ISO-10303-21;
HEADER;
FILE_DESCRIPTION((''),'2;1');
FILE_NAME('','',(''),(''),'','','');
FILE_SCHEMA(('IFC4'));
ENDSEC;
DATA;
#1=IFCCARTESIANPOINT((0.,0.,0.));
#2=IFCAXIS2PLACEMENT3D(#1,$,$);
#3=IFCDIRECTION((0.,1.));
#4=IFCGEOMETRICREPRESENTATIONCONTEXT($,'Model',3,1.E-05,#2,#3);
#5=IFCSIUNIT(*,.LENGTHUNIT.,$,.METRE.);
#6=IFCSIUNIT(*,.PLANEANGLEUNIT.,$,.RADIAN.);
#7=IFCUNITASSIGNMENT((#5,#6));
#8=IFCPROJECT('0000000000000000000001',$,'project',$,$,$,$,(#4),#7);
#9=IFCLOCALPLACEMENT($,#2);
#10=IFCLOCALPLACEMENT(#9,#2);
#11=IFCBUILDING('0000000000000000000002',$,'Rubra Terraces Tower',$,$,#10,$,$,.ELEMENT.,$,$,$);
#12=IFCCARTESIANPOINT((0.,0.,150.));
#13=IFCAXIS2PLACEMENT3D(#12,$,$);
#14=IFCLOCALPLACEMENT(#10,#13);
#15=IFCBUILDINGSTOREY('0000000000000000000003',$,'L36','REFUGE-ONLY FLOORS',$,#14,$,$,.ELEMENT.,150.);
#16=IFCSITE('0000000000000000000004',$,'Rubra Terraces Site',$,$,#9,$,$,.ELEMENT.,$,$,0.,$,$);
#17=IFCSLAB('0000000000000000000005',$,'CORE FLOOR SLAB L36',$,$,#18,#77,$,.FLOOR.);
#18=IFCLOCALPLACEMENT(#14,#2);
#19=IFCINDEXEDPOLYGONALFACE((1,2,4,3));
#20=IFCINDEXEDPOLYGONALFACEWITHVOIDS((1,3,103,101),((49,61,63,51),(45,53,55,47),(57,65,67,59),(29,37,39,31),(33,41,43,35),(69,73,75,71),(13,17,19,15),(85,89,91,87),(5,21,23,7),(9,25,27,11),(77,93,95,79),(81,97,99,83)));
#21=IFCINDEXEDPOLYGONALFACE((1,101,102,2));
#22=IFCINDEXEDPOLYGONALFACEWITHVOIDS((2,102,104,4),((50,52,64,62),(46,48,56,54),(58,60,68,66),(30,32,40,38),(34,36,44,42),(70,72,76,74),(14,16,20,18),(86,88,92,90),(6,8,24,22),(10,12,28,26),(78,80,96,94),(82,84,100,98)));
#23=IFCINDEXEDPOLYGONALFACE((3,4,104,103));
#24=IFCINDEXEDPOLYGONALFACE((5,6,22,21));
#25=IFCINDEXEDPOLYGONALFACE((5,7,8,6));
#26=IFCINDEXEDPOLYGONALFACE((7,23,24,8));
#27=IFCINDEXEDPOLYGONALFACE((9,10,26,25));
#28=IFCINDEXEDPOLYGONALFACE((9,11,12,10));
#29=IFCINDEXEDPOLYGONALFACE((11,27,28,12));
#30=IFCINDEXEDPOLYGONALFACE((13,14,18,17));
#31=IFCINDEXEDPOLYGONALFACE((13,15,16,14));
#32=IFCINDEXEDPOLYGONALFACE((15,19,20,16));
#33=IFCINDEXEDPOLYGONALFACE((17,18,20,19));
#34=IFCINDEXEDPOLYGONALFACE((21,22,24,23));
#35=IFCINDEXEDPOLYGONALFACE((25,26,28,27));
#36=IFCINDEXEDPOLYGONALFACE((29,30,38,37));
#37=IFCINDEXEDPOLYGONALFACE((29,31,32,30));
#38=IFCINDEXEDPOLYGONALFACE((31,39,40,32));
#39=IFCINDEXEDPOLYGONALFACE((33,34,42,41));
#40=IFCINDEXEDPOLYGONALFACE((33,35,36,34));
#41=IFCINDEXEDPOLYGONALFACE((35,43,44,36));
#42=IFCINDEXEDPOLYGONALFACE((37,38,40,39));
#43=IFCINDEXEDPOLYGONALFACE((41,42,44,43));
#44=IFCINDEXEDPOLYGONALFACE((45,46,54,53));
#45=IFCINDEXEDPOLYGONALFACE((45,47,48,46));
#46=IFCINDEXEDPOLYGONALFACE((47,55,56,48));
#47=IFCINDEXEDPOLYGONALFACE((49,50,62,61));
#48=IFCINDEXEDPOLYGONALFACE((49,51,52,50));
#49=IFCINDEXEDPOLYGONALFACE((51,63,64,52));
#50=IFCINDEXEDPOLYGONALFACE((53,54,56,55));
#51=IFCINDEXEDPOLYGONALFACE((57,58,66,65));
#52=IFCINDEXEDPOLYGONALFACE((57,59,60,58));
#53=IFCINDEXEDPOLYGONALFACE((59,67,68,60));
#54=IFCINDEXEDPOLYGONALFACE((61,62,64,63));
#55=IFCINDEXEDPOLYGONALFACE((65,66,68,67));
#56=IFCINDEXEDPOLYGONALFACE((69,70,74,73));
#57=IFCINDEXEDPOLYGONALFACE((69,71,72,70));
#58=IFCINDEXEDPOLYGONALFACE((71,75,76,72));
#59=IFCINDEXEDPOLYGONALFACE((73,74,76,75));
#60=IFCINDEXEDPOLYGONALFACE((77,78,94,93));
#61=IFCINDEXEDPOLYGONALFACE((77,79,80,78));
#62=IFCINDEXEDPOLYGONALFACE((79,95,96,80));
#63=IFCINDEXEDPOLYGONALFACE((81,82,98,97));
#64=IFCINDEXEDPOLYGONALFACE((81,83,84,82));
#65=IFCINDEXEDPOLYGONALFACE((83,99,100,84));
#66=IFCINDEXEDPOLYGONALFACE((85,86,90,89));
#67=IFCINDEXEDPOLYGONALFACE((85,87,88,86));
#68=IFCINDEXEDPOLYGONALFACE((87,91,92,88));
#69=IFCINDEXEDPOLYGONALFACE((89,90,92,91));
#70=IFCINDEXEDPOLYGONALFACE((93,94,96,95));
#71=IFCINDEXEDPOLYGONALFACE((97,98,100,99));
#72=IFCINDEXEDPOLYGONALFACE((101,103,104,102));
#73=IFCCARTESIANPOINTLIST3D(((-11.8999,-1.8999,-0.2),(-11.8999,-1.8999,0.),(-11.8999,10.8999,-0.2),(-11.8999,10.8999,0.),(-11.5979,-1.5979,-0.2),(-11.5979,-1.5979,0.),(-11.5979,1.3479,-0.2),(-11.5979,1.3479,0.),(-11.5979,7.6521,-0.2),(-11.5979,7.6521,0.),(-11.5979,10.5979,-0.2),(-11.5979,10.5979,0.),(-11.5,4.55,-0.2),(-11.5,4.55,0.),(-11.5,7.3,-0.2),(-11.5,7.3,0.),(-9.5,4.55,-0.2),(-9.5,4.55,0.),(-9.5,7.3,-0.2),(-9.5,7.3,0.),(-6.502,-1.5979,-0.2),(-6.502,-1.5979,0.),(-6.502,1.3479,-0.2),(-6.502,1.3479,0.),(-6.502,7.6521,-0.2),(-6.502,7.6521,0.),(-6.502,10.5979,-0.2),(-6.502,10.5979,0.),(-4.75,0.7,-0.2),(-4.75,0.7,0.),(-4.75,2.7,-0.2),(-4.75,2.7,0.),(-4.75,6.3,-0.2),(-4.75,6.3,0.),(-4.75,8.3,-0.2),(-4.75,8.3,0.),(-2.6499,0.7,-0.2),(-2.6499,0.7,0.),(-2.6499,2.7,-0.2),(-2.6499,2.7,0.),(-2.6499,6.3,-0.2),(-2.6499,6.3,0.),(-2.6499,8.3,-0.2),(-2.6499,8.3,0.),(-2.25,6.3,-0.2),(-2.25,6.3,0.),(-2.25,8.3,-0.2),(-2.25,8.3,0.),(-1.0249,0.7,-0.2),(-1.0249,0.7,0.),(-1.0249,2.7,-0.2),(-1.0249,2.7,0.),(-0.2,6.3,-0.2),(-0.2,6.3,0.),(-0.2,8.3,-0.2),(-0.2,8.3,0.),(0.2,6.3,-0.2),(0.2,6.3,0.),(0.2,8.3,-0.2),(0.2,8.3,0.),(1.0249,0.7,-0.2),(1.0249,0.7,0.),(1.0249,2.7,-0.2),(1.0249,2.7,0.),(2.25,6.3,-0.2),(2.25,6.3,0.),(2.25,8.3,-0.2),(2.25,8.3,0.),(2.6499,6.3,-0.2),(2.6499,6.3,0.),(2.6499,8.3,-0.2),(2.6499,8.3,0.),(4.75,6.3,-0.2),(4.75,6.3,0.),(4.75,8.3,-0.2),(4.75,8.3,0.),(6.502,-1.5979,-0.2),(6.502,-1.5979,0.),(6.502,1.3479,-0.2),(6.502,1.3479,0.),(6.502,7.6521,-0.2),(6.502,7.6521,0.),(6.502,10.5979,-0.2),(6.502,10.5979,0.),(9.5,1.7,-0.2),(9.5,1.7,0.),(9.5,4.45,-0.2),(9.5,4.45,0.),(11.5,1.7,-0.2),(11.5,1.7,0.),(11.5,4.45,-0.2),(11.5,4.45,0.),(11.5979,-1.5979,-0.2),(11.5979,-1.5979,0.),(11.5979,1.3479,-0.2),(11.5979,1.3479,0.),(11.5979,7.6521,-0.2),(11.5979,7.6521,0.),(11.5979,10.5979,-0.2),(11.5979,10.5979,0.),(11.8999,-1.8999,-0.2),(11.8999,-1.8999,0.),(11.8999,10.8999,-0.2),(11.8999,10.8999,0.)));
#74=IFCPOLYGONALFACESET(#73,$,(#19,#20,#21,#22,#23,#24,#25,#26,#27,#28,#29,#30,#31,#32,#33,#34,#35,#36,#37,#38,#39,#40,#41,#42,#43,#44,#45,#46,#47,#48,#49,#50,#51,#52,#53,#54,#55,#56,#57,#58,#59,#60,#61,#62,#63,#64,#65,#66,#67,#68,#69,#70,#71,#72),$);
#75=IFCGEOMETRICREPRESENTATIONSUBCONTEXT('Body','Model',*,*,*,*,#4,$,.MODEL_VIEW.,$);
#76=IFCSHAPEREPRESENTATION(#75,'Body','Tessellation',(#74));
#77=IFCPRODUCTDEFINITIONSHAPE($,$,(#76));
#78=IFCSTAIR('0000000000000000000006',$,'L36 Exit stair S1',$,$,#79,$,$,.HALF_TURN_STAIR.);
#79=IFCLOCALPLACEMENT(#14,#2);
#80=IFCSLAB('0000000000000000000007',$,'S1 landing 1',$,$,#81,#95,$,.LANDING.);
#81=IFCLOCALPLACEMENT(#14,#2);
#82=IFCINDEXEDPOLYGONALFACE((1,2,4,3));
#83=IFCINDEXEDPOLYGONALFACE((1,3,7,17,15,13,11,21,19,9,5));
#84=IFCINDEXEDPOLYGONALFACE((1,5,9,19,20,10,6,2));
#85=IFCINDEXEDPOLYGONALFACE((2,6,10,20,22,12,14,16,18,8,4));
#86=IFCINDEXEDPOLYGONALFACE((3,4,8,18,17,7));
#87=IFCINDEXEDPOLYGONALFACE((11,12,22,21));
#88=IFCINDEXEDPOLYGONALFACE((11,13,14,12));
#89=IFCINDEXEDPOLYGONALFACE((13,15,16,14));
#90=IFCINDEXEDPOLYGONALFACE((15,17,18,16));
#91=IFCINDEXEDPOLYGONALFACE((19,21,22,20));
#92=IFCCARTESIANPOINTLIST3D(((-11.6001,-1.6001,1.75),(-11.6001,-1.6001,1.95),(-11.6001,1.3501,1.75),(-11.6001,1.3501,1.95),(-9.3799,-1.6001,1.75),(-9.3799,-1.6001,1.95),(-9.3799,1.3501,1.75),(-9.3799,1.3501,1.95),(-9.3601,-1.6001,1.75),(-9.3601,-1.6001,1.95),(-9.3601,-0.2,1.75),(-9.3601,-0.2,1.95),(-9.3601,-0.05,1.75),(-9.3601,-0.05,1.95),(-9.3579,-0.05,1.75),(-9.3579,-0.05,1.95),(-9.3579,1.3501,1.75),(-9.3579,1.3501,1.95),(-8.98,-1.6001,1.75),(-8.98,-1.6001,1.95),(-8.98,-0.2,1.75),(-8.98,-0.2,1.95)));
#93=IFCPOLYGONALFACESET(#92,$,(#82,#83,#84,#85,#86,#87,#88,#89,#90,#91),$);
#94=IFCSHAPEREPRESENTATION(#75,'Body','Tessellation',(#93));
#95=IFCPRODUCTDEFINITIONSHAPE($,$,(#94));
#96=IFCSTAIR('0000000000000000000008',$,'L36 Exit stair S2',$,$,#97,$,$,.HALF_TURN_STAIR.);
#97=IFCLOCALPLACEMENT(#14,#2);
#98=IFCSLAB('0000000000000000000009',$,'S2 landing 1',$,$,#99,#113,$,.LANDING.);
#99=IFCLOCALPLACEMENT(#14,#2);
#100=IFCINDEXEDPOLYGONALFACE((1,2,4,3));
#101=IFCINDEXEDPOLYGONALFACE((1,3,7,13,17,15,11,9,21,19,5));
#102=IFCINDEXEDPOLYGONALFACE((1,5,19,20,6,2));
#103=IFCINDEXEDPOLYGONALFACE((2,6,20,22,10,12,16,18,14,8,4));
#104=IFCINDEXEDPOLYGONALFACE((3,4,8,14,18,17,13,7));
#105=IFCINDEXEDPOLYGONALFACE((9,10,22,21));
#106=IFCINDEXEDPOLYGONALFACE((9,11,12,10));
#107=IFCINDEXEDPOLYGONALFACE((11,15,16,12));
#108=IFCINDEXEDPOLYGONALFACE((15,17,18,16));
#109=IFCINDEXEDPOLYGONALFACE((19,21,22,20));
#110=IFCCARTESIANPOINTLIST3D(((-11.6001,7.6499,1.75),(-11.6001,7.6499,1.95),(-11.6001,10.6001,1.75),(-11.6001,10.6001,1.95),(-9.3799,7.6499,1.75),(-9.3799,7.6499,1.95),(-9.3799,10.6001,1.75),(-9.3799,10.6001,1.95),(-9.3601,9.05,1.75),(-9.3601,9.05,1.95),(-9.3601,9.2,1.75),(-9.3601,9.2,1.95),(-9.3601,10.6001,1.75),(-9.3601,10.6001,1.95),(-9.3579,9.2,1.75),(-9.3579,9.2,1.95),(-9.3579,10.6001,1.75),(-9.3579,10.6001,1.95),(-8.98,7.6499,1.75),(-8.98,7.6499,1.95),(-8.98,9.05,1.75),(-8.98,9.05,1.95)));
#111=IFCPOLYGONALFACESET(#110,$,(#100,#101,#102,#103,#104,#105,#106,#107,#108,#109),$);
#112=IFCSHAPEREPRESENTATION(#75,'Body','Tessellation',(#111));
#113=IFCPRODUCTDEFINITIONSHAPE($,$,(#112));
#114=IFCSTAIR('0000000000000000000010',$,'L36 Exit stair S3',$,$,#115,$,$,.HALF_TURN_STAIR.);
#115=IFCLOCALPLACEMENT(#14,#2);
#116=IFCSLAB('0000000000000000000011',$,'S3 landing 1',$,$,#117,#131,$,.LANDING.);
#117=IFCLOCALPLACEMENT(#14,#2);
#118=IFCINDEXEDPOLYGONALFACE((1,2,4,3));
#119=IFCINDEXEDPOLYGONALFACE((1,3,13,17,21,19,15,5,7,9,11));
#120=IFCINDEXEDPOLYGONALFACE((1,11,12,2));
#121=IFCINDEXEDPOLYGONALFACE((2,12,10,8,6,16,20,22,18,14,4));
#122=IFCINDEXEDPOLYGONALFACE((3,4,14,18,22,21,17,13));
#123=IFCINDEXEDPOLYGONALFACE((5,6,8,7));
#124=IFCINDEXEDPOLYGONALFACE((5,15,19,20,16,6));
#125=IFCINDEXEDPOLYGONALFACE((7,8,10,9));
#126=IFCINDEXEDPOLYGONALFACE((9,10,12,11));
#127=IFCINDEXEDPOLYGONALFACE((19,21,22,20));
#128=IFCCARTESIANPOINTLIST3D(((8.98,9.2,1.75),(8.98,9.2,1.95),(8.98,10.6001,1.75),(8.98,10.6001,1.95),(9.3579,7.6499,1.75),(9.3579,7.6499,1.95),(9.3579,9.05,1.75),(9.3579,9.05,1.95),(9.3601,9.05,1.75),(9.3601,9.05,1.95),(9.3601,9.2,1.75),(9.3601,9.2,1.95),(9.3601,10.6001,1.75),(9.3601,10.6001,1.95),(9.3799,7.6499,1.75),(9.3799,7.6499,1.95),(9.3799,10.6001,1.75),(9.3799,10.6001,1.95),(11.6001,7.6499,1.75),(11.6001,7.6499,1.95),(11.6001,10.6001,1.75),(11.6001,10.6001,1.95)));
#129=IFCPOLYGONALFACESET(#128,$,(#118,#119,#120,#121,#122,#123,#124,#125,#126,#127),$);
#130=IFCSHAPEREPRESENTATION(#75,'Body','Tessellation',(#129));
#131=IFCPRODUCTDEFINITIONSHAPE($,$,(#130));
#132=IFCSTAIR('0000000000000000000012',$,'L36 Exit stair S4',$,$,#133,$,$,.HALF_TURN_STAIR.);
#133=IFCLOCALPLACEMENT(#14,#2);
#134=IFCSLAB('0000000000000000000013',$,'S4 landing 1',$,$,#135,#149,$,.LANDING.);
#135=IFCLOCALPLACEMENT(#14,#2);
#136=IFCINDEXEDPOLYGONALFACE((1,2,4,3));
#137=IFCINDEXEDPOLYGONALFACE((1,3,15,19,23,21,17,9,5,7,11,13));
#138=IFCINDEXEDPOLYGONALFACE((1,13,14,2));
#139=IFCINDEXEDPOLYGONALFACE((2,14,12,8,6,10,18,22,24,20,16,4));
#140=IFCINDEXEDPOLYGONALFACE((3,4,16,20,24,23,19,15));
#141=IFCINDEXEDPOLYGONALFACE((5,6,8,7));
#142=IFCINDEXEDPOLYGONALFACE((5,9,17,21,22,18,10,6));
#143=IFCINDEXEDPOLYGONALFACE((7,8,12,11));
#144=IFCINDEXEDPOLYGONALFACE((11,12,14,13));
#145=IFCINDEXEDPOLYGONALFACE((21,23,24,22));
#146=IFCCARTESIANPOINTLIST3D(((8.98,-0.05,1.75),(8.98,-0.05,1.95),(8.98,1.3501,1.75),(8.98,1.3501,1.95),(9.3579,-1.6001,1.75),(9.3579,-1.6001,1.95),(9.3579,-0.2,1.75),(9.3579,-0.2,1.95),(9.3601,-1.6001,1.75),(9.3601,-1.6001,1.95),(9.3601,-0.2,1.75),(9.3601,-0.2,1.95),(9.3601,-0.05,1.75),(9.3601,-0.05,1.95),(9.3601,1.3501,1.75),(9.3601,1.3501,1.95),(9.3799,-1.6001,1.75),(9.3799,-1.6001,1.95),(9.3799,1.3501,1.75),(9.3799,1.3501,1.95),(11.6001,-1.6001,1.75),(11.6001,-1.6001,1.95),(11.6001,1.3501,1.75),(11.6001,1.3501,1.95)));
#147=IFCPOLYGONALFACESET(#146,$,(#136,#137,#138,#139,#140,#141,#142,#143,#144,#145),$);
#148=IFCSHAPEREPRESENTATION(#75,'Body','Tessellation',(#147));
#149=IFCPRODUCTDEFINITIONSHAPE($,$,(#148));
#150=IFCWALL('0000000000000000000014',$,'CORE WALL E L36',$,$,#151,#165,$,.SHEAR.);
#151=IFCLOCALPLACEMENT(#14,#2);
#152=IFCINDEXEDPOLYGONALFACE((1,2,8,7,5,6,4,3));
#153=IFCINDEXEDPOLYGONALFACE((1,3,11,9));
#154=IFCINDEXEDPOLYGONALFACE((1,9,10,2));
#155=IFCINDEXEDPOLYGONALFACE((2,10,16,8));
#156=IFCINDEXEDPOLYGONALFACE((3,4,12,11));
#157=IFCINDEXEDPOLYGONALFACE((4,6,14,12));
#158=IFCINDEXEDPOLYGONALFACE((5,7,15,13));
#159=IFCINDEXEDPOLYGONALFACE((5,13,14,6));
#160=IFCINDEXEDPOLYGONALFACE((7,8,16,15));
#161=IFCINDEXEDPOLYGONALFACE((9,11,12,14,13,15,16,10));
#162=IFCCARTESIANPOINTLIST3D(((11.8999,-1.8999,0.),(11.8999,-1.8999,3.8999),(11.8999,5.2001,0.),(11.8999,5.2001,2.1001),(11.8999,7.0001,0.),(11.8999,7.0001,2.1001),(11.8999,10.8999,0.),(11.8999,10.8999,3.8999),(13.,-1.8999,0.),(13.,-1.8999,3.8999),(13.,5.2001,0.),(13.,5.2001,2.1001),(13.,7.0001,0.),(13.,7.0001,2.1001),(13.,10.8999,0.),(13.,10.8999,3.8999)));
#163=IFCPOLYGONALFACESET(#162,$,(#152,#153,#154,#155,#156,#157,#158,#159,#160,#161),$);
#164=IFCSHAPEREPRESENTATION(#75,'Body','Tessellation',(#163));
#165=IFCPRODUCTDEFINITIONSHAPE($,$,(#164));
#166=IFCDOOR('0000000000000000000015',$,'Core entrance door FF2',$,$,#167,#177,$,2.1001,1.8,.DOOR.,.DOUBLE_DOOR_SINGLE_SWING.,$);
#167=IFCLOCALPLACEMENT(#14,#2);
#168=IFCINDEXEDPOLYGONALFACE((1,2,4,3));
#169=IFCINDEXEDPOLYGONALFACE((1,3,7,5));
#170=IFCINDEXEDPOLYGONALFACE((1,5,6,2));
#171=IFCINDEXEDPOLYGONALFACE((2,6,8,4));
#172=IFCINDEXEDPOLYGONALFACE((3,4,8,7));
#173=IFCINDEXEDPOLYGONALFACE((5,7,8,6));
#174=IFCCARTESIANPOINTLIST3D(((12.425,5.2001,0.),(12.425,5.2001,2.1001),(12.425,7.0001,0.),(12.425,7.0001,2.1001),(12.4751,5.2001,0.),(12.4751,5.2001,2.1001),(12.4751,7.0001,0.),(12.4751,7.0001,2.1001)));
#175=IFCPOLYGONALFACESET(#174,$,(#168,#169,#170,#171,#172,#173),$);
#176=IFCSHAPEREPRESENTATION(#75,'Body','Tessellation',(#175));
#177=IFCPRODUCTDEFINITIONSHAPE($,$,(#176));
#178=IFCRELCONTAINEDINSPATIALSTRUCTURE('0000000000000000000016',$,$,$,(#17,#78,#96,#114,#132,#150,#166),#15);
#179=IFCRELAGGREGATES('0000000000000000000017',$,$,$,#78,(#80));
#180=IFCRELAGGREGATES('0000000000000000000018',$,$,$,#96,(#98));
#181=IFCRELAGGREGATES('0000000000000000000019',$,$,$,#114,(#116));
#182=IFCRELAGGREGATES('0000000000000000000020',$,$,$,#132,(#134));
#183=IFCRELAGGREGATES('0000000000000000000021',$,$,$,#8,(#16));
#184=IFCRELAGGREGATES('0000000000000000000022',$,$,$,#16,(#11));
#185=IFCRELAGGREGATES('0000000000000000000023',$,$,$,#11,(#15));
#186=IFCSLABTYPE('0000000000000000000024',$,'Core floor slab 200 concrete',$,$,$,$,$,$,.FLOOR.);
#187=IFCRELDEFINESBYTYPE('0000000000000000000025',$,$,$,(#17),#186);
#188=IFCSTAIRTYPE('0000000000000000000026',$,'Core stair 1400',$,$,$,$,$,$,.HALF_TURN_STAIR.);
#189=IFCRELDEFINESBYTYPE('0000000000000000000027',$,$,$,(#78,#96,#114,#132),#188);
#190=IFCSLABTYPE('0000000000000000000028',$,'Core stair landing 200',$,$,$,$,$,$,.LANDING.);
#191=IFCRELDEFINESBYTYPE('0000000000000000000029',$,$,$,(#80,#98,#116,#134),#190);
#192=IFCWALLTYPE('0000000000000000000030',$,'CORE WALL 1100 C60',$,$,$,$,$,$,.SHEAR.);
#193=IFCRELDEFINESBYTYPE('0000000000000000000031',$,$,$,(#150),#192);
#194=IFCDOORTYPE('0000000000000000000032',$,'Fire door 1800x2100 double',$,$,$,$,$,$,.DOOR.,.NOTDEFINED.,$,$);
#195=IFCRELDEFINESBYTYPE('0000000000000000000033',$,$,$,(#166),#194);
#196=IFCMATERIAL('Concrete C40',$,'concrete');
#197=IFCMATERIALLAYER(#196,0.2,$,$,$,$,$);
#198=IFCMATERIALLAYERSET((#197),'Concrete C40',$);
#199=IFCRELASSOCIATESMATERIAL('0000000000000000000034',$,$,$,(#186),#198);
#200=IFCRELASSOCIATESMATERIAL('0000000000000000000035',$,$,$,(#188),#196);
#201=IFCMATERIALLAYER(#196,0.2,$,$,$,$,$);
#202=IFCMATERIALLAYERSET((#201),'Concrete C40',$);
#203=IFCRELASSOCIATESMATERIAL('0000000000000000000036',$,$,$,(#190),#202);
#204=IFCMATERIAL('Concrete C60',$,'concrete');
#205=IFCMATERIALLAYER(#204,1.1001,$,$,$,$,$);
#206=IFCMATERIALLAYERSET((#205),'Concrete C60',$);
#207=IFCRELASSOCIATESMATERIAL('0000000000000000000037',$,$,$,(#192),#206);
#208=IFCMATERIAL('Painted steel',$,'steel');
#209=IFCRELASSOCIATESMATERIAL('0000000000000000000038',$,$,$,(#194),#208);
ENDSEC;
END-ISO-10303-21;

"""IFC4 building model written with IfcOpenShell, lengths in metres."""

from ifc_helpers import new_model, si_unit, direction, frame, frame_2d, origin, place, context, subcontext, project, spatial, polyline, rectangle, outline, extrude, material, layer, layer_set, type_object, element, fill, aggregate, save


model = new_model("IFC4")

# Units and contexts
model_context = context("Model", 3, precision=1e-05, world=origin(), true_north=direction((0.0, 1.0)))
body_context = subcontext(model_context, "Body", "Model", "MODEL_VIEW")
ifc_project = project(units=[si_unit("LENGTHUNIT", "METRE"), si_unit("PLANEANGLEUNIT", "RADIAN")], contexts=[model_context])

# Site, building, storey
site_placement = place(None, origin())
site = spatial("IfcSite", under=ifc_project, at=site_placement, Name="Rubra Terraces Site", CompositionType="ELEMENT", RefElevation=0.0)
building_placement = place(site_placement, origin())
building = spatial("IfcBuilding", under=site, at=building_placement, Name="Rubra Terraces Tower", CompositionType="ELEMENT")
storey_placement = place(building_placement, frame((0.0, 0.0, 150.0)))
storey = spatial("IfcBuildingStorey", under=building, at=storey_placement, Name="L36", Description="REFUGE-ONLY FLOORS", CompositionType="ELEMENT", Elevation=150.0)

# Slab
ifc_material_1 = material(Name="Concrete C40", Category="concrete")
ifc_layer_1 = layer(ifc_material_1, 0.2)
ifc_layer_set_1 = layer_set([ifc_layer_1], Name="Concrete C40")
slab_type_1 = type_object("IfcSlabType", Name="Core floor slab 200 concrete", PredefinedType="FLOOR", material=ifc_layer_set_1)
slab_1_placement = place(storey_placement, frame((0.0, 0.0, -0.2)))
element("IfcSlab", 1, at=slab_1_placement, inside=storey, type_object=slab_type_1, Name="CORE FLOOR SLAB L36", PredefinedType="FLOOR", context=body_context, shape_type="SweptSolid", body=[
    extrude(outline(polyline([(-11.8999, -1.8999), (-11.8999, 10.8999), (11.8999, 10.8999), (11.8999, -1.8999), (-11.8999, -1.8999)]), holes=[polyline([(11.5979, 1.3479), (6.502, 1.3479), (6.502, -1.5979), (11.5979, -1.5979), (11.5979, 1.3479)]), polyline([(11.5979, 7.6521), (11.5979, 10.5979), (6.502, 10.5979), (6.502, 7.6521), (11.5979, 7.6521)]), polyline([(9.5, 1.7), (11.5, 1.7), (11.5, 4.45), (9.5, 4.45), (9.5, 1.7)]), polyline([(4.75, 6.3), (4.75, 8.3), (2.6499, 8.3), (2.6499, 6.3), (4.75, 6.3)]), polyline([(2.25, 8.3), (0.2, 8.3), (0.2, 6.3), (2.25, 6.3), (2.25, 8.3)]), polyline([(1.0249, 0.7), (1.0249, 2.7), (-1.0249, 2.7), (-1.0249, 0.7), (1.0249, 0.7)]), polyline([(-0.2, 6.3), (-0.2, 8.3), (-2.25, 8.3), (-2.25, 6.3), (-0.2, 6.3)]), polyline([(-4.75, 8.3), (-4.75, 6.3), (-2.6499, 6.3), (-2.6499, 8.3), (-4.75, 8.3)]), polyline([(-2.6499, 0.7), (-2.6499, 2.7), (-4.75, 2.7), (-4.75, 0.7), (-2.6499, 0.7)]), polyline([(-11.5979, -1.5979), (-6.502, -1.5979), (-6.502, 1.3479), (-11.5979, 1.3479), (-11.5979, -1.5979)]), polyline([(-11.5979, 10.5979), (-11.5979, 7.6521), (-6.502, 7.6521), (-6.502, 10.5979), (-11.5979, 10.5979)]), polyline([(-9.5, 4.55), (-9.5, 7.3), (-11.5, 7.3), (-11.5, 4.55), (-9.5, 4.55)])]), origin(), (0.0, 0.0, 1.0), 0.2),
])

# Stairs, slabs
stair_type = type_object("IfcStairType", Name="Core stair 1400", PredefinedType="HALF_TURN_STAIR", material=ifc_material_1)
stair_1_placement = place(storey_placement, origin())
stair_1 = element("IfcStair", 2, at=stair_1_placement, inside=storey, type_object=stair_type, Name="L36 Exit stair S1", PredefinedType="HALF_TURN_STAIR")
ifc_layer_2 = layer(ifc_material_1, 0.2)
ifc_layer_set_2 = layer_set([ifc_layer_2], Name="Concrete C40")
slab_type_2 = type_object("IfcSlabType", Name="Core stair landing 200", PredefinedType="LANDING", material=ifc_layer_set_2)
slab_2_placement = place(storey_placement, frame((0.0, 0.0, 1.75)))
slab_2 = element("IfcSlab", 3, at=slab_2_placement, type_object=slab_type_2, Name="S1 landing 1", PredefinedType="LANDING", context=body_context, shape_type="SweptSolid", body=[
    extrude(outline(polyline([(-8.98, -0.2), (-8.98, -1.6001), (-9.3601, -1.6001), (-9.3799, -1.6001), (-11.6001, -1.6001), (-11.6001, 1.3501), (-9.3799, 1.3501), (-9.3579, 1.3501), (-9.3579, -0.05), (-9.3601, -0.05), (-9.3601, -0.2), (-8.98, -0.2)])), origin(), (0.0, 0.0, 1.0), 0.2),
])
aggregate(stair_1, [slab_2])
stair_2_placement = place(storey_placement, origin())
stair_2 = element("IfcStair", 4, at=stair_2_placement, inside=storey, type_object=stair_type, Name="L36 Exit stair S2", PredefinedType="HALF_TURN_STAIR")
slab_3_placement = place(storey_placement, frame((0.0, 0.0, 1.75)))
slab_3 = element("IfcSlab", 5, at=slab_3_placement, type_object=slab_type_2, Name="S2 landing 1", PredefinedType="LANDING", context=body_context, shape_type="SweptSolid", body=[
    extrude(outline(polyline([(-8.98, 9.05), (-8.98, 7.6499), (-9.3799, 7.6499), (-11.6001, 7.6499), (-11.6001, 10.6001), (-9.3799, 10.6001), (-9.3601, 10.6001), (-9.3579, 10.6001), (-9.3579, 9.2), (-9.3601, 9.2), (-9.3601, 9.05), (-8.98, 9.05)])), origin(), (0.0, 0.0, 1.0), 0.2),
])
aggregate(stair_2, [slab_3])
stair_3_placement = place(storey_placement, origin())
stair_3 = element("IfcStair", 6, at=stair_3_placement, inside=storey, type_object=stair_type, Name="L36 Exit stair S3", PredefinedType="HALF_TURN_STAIR")
slab_4_placement = place(storey_placement, frame((0.0, 0.0, 1.75)))
slab_4 = element("IfcSlab", 7, at=slab_4_placement, type_object=slab_type_2, Name="S3 landing 1", PredefinedType="LANDING", context=body_context, shape_type="SweptSolid", body=[
    extrude(outline(polyline([(9.3601, 9.05), (9.3601, 9.2), (8.98, 9.2), (8.98, 10.6001), (9.3601, 10.6001), (9.3799, 10.6001), (11.6001, 10.6001), (11.6001, 7.6499), (9.3799, 7.6499), (9.3579, 7.6499), (9.3579, 9.05), (9.3601, 9.05)])), origin(), (0.0, 0.0, 1.0), 0.2),
])
aggregate(stair_3, [slab_4])
stair_4_placement = place(storey_placement, origin())
stair_4 = element("IfcStair", 8, at=stair_4_placement, inside=storey, type_object=stair_type, Name="L36 Exit stair S4", PredefinedType="HALF_TURN_STAIR")
slab_5_placement = place(storey_placement, frame((0.0, 0.0, 1.75)))
slab_5 = element("IfcSlab", 9, at=slab_5_placement, type_object=slab_type_2, Name="S4 landing 1", PredefinedType="LANDING", context=body_context, shape_type="SweptSolid", body=[
    extrude(outline(polyline([(9.3601, -0.2), (9.3601, -0.05), (8.98, -0.05), (8.98, 1.3501), (9.3601, 1.3501), (9.3799, 1.3501), (11.6001, 1.3501), (11.6001, -1.6001), (9.3799, -1.6001), (9.3601, -1.6001), (9.3579, -1.6001), (9.3579, -0.2), (9.3601, -0.2)])), origin(), (0.0, 0.0, 1.0), 0.2),
])

# Wall, opening, door
ifc_material_2 = material(Name="Concrete C60", Category="concrete")
ifc_layer_3 = layer(ifc_material_2, 1.1001)
ifc_layer_set_3 = layer_set([ifc_layer_3], Name="Concrete C60")
wall_type_1 = type_object("IfcWallType", Name="CORE WALL 1100 C60", PredefinedType="SHEAR", material=ifc_layer_set_3)
wall_1_placement = place(storey_placement, frame((12.45, -1.8999, 0.0), z_axis=(0.0, 0.0, 1.0), x_axis=(0.0, 1.0, 0.0)))
wall_1 = element("IfcWall", 10, at=wall_1_placement, inside=storey, type_object=wall_type_1, Name="CORE WALL E L36", PredefinedType="SHEAR", context=body_context, shape_type="SweptSolid", body=[
    extrude(rectangle(XDim=12.7998, YDim=1.1001, at=frame_2d((6.3999, 0.0))), origin(), (0.0, 0.0, 1.0), 3.8999),
])
opening_placement = place(wall_1_placement, frame((7.1001, 0.0, 0.0)))
opening = element("IfcOpeningElement", 11, at=opening_placement, cuts=wall_1, PredefinedType="OPENING", context=body_context, shape_type="SweptSolid", body=[
    extrude(rectangle(XDim=1.8, YDim=2.1001, at=frame_2d((0.8999, 1.05))), frame((0.0, 0.5601, 0.0), z_axis=(0.0, -1.0, 0.0), x_axis=(1.0, 0.0, 0.0)), (0.0, 0.0, 1.0), 1.1201),
])
ifc_material_3 = material(Name="Painted steel", Category="steel")
door_type = type_object("IfcDoorType", Name="Fire door 1800x2100 double", OperationType="NOTDEFINED", PredefinedType="DOOR", material=ifc_material_3)
door_placement = place(opening_placement, origin())
door = element("IfcDoor", 12, at=door_placement, inside=storey, type_object=door_type, Name="Core entrance door FF2", OperationType="DOUBLE_DOOR_SINGLE_SWING", OverallHeight=2.1001, OverallWidth=1.8, PredefinedType="DOOR", context=body_context, shape_type="SweptSolid", body=[
    extrude(rectangle(XDim=1.8, YDim=2.1001, at=frame_2d((0.8999, 1.05))), frame((0.0, 0.0249, 0.0), z_axis=(0.0, -1.0, 0.0), x_axis=(1.0, 0.0, 0.0)), (0.0, 0.0, 1.0), 0.05),
])
fill(opening, door)

aggregate(stair_4, [slab_5])

save(model, "model.ifc")
